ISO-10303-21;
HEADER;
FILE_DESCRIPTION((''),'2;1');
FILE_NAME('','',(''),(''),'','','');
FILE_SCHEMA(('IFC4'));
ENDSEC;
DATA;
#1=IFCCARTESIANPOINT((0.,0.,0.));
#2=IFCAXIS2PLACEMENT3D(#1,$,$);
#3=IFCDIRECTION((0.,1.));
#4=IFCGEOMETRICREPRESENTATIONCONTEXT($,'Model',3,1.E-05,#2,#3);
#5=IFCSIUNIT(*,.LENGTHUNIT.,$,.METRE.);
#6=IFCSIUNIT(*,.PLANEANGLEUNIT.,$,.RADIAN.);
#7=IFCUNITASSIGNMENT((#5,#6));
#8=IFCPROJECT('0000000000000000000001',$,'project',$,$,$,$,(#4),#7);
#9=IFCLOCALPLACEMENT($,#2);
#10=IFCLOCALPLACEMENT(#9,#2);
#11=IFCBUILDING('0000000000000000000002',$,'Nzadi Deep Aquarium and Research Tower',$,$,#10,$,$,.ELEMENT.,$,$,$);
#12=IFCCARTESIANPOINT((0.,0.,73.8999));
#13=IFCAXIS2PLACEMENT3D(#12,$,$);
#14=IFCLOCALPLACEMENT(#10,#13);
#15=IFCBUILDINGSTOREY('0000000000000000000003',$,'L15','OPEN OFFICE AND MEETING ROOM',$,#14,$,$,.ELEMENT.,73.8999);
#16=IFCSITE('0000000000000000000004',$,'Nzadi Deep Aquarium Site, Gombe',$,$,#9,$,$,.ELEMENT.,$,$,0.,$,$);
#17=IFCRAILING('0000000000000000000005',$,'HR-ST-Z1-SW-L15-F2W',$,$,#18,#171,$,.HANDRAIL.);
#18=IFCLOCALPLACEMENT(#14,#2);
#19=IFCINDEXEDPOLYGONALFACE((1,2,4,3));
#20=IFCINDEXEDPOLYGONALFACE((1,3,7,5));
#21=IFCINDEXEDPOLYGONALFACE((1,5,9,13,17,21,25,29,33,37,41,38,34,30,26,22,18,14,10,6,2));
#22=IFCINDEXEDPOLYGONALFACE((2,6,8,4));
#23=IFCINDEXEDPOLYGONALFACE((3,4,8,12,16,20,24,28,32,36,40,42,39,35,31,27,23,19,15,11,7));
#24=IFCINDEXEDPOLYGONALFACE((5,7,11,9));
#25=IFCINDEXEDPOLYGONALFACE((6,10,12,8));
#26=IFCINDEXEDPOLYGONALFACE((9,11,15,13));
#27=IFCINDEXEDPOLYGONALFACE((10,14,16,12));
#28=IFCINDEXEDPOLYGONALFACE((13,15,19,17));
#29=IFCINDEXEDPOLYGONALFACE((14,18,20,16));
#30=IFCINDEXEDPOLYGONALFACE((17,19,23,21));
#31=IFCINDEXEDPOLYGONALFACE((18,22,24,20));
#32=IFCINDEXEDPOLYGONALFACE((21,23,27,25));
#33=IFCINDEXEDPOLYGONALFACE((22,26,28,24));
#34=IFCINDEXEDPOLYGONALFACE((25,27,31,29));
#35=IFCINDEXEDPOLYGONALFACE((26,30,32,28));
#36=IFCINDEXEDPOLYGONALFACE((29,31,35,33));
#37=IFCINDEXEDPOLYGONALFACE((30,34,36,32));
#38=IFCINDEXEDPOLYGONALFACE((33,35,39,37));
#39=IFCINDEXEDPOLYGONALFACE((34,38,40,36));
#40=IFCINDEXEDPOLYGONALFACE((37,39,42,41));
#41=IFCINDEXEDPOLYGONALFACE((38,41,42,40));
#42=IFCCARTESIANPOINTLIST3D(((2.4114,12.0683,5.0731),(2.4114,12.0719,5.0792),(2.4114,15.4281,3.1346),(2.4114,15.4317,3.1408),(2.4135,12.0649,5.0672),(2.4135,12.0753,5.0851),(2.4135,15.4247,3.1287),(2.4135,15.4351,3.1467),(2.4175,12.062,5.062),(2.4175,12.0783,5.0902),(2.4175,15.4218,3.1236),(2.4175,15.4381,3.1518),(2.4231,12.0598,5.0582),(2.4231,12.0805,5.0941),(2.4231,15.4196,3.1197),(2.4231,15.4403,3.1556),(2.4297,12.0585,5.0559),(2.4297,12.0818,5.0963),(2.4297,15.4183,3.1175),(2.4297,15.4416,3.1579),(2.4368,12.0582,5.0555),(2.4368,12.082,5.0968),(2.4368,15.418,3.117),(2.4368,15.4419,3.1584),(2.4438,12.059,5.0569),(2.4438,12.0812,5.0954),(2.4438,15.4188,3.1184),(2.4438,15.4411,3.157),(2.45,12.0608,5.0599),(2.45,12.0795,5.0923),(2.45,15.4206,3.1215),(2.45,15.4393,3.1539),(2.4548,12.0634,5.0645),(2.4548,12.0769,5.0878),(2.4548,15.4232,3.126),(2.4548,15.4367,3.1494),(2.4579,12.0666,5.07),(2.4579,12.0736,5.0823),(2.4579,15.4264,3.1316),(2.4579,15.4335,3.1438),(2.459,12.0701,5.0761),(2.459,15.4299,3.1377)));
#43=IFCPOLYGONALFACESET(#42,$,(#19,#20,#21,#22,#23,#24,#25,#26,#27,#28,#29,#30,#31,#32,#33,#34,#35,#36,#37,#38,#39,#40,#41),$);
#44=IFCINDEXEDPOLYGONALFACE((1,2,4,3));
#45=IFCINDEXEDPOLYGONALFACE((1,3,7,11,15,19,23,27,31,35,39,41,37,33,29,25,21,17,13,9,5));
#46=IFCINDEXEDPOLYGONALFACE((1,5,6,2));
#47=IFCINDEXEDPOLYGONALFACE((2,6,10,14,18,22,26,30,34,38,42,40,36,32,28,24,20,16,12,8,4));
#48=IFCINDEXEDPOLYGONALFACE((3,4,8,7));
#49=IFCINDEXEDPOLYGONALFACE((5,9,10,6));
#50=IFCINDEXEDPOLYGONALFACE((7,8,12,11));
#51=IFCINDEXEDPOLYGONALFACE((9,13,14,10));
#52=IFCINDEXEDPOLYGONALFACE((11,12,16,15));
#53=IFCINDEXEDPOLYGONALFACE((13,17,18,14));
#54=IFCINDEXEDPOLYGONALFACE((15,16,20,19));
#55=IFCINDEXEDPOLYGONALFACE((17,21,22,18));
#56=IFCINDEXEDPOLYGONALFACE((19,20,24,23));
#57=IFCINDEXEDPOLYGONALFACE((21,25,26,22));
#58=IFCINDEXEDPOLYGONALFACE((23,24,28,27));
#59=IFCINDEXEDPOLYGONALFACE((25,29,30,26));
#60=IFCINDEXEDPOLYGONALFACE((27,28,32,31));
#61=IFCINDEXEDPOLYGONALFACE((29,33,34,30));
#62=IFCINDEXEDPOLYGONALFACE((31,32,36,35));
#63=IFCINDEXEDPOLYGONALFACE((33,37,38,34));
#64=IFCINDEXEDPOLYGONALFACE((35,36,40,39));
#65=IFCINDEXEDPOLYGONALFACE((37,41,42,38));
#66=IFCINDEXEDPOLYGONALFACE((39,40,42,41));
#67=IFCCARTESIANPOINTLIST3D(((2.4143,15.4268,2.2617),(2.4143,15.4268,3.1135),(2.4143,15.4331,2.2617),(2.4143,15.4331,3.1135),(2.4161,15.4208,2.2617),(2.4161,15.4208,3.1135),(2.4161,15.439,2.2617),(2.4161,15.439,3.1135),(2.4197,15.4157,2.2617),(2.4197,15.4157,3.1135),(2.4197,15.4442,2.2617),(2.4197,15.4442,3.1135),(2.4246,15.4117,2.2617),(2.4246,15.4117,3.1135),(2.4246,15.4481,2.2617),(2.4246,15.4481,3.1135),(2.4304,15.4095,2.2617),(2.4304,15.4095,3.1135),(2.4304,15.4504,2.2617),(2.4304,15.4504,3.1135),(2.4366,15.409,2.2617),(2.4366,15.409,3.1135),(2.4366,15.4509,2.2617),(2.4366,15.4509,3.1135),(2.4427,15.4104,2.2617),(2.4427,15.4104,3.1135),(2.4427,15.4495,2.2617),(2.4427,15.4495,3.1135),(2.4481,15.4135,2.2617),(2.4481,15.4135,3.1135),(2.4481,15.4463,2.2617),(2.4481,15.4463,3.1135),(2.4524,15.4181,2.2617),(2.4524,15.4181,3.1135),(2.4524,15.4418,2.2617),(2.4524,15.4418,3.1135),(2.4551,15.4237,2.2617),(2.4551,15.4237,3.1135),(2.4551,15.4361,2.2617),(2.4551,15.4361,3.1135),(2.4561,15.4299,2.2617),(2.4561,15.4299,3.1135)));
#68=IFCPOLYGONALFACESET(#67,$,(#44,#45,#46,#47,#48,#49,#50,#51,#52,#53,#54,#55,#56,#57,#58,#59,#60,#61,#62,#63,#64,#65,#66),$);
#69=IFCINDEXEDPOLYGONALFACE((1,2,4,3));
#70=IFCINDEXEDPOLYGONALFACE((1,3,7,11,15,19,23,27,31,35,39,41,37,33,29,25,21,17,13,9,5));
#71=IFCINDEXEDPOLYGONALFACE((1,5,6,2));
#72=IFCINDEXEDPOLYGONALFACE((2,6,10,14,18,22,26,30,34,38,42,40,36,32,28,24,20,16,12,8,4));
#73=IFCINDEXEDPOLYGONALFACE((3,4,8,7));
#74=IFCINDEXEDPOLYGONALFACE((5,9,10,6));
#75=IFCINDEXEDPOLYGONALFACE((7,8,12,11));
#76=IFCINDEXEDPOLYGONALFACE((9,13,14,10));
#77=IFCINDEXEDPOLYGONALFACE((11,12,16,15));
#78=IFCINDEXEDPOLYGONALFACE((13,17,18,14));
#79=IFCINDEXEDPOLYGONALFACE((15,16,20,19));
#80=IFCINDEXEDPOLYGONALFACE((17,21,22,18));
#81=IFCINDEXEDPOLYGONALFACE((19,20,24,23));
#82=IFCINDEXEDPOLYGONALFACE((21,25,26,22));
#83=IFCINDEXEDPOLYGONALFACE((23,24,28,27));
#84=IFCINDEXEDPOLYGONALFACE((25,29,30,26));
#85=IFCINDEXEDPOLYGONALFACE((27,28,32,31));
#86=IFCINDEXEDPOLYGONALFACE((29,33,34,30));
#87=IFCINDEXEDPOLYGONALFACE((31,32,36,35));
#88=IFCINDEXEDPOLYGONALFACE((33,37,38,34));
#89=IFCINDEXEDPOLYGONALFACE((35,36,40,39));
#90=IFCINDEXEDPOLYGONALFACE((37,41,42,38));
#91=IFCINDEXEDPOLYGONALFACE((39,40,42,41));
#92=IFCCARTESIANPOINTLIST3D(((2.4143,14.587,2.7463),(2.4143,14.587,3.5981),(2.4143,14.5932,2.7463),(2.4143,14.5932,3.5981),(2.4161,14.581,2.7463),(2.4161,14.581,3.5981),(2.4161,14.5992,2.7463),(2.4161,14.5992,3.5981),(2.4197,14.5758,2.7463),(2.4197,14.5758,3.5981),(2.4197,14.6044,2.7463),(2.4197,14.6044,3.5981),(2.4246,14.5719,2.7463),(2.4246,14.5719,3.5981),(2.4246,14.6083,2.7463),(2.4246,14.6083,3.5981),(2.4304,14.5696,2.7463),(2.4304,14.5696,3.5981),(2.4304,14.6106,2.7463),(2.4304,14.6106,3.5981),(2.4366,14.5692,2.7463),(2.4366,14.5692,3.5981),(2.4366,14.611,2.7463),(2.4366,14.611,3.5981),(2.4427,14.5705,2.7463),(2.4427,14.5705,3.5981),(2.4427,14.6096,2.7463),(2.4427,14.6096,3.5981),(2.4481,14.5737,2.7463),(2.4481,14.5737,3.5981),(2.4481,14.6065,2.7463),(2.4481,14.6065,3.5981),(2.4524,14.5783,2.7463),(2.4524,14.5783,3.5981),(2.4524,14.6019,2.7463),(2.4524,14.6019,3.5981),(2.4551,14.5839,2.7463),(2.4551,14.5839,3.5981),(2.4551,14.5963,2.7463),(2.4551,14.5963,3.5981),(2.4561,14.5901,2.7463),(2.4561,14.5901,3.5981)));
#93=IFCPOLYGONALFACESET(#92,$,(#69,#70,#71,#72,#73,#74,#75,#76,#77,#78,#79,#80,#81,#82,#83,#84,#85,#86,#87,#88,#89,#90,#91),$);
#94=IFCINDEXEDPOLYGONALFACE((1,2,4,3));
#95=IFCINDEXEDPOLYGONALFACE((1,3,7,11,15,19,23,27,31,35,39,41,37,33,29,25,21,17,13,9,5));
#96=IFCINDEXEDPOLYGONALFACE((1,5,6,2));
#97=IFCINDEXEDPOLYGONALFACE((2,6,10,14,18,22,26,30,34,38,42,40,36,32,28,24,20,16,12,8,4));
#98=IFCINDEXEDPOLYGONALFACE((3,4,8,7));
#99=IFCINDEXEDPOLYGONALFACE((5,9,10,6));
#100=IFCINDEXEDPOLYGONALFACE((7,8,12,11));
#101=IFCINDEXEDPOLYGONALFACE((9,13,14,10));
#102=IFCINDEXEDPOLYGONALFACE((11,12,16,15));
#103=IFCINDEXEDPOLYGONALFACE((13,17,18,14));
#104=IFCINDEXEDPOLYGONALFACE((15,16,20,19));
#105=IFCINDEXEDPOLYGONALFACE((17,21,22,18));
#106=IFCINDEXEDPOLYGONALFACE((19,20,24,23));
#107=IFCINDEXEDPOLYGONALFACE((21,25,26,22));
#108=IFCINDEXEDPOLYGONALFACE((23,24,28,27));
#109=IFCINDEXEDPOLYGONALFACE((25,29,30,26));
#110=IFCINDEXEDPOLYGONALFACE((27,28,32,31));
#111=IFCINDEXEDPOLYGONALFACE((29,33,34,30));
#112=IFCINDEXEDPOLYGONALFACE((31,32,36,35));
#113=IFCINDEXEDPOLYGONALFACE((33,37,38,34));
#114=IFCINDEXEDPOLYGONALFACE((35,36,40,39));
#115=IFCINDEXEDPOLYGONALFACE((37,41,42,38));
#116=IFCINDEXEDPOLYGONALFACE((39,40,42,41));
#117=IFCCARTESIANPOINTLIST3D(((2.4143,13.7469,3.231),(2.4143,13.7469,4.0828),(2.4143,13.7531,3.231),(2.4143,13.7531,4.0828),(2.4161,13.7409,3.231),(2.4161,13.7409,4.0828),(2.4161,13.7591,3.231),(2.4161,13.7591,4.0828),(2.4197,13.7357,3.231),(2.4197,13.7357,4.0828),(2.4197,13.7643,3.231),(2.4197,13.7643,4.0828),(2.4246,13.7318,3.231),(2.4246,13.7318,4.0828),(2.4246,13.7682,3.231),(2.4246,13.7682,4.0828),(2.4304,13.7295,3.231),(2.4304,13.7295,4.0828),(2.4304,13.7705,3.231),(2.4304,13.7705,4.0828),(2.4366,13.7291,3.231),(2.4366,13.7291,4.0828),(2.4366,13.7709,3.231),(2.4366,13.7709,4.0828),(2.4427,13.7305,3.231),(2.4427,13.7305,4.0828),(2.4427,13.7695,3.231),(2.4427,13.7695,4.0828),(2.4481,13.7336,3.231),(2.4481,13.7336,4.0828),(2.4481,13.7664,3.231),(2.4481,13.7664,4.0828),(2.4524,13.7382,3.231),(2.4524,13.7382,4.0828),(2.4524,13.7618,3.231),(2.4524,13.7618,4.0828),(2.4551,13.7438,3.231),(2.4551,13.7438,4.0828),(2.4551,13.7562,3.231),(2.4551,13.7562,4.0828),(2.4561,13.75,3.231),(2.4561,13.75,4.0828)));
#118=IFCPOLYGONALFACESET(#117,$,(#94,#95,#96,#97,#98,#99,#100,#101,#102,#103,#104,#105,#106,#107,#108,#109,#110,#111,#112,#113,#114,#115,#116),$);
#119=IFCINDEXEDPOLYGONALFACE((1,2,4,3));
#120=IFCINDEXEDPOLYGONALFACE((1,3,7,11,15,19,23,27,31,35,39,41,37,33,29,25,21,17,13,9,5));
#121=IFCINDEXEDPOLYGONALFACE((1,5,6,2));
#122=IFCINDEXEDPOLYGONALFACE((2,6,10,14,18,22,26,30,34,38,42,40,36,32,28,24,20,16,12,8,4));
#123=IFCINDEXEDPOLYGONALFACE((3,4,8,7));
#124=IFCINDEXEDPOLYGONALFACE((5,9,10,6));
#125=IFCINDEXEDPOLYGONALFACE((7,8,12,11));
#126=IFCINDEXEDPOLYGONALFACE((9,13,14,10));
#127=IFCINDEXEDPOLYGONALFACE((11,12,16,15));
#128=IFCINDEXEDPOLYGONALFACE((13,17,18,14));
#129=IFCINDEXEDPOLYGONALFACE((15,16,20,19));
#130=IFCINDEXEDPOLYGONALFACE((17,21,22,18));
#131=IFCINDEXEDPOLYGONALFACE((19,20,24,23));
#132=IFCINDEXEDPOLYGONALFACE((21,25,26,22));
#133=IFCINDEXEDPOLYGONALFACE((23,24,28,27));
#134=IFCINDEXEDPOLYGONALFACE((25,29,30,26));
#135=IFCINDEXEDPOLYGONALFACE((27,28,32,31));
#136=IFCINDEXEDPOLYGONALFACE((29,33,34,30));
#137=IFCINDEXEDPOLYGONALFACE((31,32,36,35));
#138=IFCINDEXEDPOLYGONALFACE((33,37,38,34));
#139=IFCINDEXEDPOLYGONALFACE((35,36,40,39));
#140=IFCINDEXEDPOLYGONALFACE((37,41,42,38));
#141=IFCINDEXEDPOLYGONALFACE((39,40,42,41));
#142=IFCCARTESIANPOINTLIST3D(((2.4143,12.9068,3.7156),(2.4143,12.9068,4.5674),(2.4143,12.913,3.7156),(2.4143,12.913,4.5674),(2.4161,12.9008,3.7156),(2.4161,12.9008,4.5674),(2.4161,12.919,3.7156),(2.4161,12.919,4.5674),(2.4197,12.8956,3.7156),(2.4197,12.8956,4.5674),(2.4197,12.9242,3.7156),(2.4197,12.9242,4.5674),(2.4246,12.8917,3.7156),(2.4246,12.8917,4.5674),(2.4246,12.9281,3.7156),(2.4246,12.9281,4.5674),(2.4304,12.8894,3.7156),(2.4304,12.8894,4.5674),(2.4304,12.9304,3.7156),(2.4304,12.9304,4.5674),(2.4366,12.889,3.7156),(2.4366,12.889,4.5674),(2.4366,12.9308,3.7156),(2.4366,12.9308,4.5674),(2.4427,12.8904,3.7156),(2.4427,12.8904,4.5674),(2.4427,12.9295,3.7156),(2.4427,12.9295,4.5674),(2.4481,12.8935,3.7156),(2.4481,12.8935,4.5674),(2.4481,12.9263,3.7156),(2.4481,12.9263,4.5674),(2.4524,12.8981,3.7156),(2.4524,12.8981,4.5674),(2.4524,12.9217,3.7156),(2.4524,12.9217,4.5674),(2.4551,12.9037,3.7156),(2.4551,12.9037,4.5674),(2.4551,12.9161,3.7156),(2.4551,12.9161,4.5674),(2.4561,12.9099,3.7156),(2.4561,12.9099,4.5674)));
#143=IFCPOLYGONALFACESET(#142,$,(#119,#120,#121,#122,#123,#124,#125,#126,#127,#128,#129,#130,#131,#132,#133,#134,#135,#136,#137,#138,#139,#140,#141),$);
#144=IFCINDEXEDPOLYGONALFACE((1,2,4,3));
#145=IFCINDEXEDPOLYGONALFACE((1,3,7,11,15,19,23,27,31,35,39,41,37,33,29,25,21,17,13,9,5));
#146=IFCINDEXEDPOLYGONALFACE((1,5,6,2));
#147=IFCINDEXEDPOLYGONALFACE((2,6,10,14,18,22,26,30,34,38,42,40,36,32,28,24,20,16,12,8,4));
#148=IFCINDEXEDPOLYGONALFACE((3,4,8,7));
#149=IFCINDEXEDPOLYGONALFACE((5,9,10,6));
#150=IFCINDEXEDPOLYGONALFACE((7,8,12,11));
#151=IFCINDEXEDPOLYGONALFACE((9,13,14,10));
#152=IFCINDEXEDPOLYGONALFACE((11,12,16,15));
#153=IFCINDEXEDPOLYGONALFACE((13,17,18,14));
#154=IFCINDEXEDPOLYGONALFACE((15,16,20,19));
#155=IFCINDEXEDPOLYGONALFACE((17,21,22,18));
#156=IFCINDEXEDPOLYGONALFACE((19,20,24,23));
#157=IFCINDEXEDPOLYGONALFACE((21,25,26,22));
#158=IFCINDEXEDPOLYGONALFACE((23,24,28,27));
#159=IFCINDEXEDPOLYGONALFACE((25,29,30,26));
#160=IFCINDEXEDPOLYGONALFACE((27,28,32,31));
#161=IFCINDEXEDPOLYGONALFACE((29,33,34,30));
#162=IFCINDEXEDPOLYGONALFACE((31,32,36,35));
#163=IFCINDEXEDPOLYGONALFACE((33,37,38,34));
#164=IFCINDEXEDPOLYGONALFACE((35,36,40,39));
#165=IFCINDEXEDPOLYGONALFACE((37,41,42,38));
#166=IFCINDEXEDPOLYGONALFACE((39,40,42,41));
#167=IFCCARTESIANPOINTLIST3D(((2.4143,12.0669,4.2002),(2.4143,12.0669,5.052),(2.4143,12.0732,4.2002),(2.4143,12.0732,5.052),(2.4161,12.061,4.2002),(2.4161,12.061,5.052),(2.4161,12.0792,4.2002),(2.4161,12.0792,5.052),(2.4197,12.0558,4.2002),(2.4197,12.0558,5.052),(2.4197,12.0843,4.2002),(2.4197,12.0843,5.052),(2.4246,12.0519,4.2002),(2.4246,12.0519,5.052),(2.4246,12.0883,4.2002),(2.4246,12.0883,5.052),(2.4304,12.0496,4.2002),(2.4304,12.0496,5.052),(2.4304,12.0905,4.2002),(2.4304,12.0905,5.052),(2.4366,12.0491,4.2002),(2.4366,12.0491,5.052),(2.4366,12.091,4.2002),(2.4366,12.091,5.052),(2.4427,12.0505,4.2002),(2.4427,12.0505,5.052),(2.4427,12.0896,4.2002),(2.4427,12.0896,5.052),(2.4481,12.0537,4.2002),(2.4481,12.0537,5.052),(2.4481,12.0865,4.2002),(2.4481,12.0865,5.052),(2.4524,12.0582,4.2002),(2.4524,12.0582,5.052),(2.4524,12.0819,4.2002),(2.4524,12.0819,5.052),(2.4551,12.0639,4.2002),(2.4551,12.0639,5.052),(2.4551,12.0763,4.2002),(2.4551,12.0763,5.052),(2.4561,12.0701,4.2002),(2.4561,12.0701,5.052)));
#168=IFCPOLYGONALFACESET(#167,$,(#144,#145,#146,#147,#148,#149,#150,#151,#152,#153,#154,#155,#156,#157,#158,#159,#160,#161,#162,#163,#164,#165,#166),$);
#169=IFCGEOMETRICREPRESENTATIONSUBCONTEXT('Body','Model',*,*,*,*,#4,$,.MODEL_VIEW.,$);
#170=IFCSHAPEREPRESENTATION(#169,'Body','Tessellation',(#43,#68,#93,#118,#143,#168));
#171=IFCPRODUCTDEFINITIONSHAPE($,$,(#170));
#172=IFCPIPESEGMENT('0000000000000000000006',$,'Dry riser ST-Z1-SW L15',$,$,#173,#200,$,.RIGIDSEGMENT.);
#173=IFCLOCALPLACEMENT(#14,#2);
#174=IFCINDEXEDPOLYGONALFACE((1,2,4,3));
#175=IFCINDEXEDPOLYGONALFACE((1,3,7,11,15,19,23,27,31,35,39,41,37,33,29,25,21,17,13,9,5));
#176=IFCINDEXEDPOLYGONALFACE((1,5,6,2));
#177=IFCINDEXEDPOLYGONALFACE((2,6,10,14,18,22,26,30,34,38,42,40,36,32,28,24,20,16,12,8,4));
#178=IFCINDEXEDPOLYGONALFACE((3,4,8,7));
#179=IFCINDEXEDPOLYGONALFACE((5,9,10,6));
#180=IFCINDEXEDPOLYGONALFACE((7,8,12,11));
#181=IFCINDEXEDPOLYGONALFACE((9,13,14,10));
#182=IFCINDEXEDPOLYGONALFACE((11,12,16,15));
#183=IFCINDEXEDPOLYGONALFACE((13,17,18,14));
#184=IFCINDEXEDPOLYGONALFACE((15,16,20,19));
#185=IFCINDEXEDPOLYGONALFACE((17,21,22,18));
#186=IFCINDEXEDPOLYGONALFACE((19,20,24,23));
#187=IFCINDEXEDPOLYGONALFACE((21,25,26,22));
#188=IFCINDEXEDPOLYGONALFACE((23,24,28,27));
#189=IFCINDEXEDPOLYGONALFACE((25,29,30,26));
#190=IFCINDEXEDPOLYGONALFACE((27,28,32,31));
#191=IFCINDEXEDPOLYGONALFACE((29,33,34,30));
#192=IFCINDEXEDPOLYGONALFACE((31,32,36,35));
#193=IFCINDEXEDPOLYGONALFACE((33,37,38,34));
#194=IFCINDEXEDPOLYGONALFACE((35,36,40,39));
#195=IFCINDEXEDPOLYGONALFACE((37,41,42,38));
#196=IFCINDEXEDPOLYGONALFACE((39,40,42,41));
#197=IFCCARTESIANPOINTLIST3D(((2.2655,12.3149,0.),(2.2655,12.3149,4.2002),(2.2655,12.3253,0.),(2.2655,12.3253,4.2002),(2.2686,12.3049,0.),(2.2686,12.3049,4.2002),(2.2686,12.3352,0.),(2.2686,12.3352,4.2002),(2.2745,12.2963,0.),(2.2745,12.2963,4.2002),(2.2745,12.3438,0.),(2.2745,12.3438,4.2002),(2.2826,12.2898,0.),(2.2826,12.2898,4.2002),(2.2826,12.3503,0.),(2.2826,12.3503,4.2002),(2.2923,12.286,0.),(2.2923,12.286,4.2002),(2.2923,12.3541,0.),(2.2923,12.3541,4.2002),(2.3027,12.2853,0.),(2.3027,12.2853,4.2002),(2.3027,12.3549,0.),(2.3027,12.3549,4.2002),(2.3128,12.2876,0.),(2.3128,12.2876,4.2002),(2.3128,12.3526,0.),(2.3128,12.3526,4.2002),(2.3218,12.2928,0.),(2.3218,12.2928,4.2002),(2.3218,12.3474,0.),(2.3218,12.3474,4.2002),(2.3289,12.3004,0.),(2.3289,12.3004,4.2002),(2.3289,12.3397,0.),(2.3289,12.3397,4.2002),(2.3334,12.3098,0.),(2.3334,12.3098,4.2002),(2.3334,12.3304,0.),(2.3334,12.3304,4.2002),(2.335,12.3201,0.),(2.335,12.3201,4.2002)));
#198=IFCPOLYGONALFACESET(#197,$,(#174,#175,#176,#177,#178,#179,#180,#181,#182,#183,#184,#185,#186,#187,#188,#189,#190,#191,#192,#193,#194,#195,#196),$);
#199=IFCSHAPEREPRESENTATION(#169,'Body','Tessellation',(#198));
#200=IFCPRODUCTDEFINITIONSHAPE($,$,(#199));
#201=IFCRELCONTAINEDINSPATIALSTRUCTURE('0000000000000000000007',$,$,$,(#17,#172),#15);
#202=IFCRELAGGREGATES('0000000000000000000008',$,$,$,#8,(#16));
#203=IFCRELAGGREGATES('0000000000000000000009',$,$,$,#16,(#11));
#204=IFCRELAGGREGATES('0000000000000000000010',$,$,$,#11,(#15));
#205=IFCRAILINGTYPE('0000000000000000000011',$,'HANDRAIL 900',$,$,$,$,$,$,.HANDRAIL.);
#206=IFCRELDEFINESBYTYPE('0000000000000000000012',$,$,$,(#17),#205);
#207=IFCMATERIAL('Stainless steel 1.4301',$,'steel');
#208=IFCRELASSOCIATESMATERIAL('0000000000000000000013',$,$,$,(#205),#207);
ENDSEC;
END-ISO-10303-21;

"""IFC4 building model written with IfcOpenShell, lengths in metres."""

from ifc_helpers import new_model, si_unit, direction, frame, origin, origin_2d, place, context, subcontext, project, spatial, circle, extrude, material, type_object, element, save


model = new_model("IFC4")

# Units and contexts
model_context = context("Model", 3, precision=1e-05, world=origin(), true_north=direction((0.0, 1.0)))
body_context = subcontext(model_context, "Body", "Model", "MODEL_VIEW")
ifc_project = project(units=[si_unit("LENGTHUNIT", "METRE"), si_unit("PLANEANGLEUNIT", "RADIAN")], contexts=[model_context])

# Site, building, storey
site_placement = place(None, origin())
site = spatial("IfcSite", under=ifc_project, at=site_placement, Name="Nzadi Deep Aquarium Site, Gombe", CompositionType="ELEMENT", RefElevation=0.0)
building_placement = place(site_placement, origin())
building = spatial("IfcBuilding", under=site, at=building_placement, Name="Nzadi Deep Aquarium and Research Tower", CompositionType="ELEMENT")
storey_placement = place(building_placement, frame((0.0, 0.0, 73.8999)))
storey = spatial("IfcBuildingStorey", under=building, at=storey_placement, Name="L15", Description="OPEN OFFICE AND MEETING ROOM", CompositionType="ELEMENT", Elevation=73.8999)

# Railing
ifc_material_1 = material(Name="Stainless steel 1.4301", Category="steel")
railing_type = type_object("IfcRailingType", Name="HANDRAIL 900", PredefinedType="HANDRAIL", material=ifc_material_1)
for number, where, name in (
    (1, (2.4351, 15.4299, 2.2617), "HR-ST-Z1-SW-L15-F2W"),
):
    element("IfcRailing", number, at=place(storey_placement, frame(where)), inside=storey, type_object=railing_type, Name=name, PredefinedType="HANDRAIL", context=body_context, shape_type="SweptSolid", body=[
        extrude(circle(Radius=0.0239, at=origin_2d()), frame((0.0, 0.0, 0.876), z_axis=(0.0, -0.866175, 0.499741), x_axis=(1.0, 0.0, 0.0)), (0.0, 0.0, 1.0), 3.8789),
        extrude(circle(Radius=0.021, at=origin_2d()), origin(), (0.0, 0.0, 1.0), 0.8518),
        extrude(circle(Radius=0.021, at=origin_2d()), frame((0.0, -0.8398, 0.4846)), (0.0, 0.0, 1.0), 0.8518),
        extrude(circle(Radius=0.021, at=origin_2d()), frame((0.0, -1.6799, 0.9692)), (0.0, 0.0, 1.0), 0.8518),
        extrude(circle(Radius=0.021, at=origin_2d()), frame((0.0, -2.52, 1.4539)), (0.0, 0.0, 1.0), 0.8518),
        extrude(circle(Radius=0.021, at=origin_2d()), frame((0.0, -3.3599, 1.9385)), (0.0, 0.0, 1.0), 0.8518),
    ])

# Pipe segment
pipe_segment_placement = place(storey_placement, frame((2.3, 12.3201, 0.0), z_axis=(0.0, 0.0, 1.0), x_axis=(1.0, 0.0, 0.0)))
element("IfcPipeSegment", 2, at=pipe_segment_placement, inside=storey, Name="Dry riser ST-Z1-SW L15", PredefinedType="RIGIDSEGMENT", context=body_context, shape_type="SweptSolid", body=[
    extrude(circle(Radius=0.0349, at=origin_2d()), origin(), (0.0, 0.0, 1.0), 4.2002),
])

save(model, "model.ifc")
